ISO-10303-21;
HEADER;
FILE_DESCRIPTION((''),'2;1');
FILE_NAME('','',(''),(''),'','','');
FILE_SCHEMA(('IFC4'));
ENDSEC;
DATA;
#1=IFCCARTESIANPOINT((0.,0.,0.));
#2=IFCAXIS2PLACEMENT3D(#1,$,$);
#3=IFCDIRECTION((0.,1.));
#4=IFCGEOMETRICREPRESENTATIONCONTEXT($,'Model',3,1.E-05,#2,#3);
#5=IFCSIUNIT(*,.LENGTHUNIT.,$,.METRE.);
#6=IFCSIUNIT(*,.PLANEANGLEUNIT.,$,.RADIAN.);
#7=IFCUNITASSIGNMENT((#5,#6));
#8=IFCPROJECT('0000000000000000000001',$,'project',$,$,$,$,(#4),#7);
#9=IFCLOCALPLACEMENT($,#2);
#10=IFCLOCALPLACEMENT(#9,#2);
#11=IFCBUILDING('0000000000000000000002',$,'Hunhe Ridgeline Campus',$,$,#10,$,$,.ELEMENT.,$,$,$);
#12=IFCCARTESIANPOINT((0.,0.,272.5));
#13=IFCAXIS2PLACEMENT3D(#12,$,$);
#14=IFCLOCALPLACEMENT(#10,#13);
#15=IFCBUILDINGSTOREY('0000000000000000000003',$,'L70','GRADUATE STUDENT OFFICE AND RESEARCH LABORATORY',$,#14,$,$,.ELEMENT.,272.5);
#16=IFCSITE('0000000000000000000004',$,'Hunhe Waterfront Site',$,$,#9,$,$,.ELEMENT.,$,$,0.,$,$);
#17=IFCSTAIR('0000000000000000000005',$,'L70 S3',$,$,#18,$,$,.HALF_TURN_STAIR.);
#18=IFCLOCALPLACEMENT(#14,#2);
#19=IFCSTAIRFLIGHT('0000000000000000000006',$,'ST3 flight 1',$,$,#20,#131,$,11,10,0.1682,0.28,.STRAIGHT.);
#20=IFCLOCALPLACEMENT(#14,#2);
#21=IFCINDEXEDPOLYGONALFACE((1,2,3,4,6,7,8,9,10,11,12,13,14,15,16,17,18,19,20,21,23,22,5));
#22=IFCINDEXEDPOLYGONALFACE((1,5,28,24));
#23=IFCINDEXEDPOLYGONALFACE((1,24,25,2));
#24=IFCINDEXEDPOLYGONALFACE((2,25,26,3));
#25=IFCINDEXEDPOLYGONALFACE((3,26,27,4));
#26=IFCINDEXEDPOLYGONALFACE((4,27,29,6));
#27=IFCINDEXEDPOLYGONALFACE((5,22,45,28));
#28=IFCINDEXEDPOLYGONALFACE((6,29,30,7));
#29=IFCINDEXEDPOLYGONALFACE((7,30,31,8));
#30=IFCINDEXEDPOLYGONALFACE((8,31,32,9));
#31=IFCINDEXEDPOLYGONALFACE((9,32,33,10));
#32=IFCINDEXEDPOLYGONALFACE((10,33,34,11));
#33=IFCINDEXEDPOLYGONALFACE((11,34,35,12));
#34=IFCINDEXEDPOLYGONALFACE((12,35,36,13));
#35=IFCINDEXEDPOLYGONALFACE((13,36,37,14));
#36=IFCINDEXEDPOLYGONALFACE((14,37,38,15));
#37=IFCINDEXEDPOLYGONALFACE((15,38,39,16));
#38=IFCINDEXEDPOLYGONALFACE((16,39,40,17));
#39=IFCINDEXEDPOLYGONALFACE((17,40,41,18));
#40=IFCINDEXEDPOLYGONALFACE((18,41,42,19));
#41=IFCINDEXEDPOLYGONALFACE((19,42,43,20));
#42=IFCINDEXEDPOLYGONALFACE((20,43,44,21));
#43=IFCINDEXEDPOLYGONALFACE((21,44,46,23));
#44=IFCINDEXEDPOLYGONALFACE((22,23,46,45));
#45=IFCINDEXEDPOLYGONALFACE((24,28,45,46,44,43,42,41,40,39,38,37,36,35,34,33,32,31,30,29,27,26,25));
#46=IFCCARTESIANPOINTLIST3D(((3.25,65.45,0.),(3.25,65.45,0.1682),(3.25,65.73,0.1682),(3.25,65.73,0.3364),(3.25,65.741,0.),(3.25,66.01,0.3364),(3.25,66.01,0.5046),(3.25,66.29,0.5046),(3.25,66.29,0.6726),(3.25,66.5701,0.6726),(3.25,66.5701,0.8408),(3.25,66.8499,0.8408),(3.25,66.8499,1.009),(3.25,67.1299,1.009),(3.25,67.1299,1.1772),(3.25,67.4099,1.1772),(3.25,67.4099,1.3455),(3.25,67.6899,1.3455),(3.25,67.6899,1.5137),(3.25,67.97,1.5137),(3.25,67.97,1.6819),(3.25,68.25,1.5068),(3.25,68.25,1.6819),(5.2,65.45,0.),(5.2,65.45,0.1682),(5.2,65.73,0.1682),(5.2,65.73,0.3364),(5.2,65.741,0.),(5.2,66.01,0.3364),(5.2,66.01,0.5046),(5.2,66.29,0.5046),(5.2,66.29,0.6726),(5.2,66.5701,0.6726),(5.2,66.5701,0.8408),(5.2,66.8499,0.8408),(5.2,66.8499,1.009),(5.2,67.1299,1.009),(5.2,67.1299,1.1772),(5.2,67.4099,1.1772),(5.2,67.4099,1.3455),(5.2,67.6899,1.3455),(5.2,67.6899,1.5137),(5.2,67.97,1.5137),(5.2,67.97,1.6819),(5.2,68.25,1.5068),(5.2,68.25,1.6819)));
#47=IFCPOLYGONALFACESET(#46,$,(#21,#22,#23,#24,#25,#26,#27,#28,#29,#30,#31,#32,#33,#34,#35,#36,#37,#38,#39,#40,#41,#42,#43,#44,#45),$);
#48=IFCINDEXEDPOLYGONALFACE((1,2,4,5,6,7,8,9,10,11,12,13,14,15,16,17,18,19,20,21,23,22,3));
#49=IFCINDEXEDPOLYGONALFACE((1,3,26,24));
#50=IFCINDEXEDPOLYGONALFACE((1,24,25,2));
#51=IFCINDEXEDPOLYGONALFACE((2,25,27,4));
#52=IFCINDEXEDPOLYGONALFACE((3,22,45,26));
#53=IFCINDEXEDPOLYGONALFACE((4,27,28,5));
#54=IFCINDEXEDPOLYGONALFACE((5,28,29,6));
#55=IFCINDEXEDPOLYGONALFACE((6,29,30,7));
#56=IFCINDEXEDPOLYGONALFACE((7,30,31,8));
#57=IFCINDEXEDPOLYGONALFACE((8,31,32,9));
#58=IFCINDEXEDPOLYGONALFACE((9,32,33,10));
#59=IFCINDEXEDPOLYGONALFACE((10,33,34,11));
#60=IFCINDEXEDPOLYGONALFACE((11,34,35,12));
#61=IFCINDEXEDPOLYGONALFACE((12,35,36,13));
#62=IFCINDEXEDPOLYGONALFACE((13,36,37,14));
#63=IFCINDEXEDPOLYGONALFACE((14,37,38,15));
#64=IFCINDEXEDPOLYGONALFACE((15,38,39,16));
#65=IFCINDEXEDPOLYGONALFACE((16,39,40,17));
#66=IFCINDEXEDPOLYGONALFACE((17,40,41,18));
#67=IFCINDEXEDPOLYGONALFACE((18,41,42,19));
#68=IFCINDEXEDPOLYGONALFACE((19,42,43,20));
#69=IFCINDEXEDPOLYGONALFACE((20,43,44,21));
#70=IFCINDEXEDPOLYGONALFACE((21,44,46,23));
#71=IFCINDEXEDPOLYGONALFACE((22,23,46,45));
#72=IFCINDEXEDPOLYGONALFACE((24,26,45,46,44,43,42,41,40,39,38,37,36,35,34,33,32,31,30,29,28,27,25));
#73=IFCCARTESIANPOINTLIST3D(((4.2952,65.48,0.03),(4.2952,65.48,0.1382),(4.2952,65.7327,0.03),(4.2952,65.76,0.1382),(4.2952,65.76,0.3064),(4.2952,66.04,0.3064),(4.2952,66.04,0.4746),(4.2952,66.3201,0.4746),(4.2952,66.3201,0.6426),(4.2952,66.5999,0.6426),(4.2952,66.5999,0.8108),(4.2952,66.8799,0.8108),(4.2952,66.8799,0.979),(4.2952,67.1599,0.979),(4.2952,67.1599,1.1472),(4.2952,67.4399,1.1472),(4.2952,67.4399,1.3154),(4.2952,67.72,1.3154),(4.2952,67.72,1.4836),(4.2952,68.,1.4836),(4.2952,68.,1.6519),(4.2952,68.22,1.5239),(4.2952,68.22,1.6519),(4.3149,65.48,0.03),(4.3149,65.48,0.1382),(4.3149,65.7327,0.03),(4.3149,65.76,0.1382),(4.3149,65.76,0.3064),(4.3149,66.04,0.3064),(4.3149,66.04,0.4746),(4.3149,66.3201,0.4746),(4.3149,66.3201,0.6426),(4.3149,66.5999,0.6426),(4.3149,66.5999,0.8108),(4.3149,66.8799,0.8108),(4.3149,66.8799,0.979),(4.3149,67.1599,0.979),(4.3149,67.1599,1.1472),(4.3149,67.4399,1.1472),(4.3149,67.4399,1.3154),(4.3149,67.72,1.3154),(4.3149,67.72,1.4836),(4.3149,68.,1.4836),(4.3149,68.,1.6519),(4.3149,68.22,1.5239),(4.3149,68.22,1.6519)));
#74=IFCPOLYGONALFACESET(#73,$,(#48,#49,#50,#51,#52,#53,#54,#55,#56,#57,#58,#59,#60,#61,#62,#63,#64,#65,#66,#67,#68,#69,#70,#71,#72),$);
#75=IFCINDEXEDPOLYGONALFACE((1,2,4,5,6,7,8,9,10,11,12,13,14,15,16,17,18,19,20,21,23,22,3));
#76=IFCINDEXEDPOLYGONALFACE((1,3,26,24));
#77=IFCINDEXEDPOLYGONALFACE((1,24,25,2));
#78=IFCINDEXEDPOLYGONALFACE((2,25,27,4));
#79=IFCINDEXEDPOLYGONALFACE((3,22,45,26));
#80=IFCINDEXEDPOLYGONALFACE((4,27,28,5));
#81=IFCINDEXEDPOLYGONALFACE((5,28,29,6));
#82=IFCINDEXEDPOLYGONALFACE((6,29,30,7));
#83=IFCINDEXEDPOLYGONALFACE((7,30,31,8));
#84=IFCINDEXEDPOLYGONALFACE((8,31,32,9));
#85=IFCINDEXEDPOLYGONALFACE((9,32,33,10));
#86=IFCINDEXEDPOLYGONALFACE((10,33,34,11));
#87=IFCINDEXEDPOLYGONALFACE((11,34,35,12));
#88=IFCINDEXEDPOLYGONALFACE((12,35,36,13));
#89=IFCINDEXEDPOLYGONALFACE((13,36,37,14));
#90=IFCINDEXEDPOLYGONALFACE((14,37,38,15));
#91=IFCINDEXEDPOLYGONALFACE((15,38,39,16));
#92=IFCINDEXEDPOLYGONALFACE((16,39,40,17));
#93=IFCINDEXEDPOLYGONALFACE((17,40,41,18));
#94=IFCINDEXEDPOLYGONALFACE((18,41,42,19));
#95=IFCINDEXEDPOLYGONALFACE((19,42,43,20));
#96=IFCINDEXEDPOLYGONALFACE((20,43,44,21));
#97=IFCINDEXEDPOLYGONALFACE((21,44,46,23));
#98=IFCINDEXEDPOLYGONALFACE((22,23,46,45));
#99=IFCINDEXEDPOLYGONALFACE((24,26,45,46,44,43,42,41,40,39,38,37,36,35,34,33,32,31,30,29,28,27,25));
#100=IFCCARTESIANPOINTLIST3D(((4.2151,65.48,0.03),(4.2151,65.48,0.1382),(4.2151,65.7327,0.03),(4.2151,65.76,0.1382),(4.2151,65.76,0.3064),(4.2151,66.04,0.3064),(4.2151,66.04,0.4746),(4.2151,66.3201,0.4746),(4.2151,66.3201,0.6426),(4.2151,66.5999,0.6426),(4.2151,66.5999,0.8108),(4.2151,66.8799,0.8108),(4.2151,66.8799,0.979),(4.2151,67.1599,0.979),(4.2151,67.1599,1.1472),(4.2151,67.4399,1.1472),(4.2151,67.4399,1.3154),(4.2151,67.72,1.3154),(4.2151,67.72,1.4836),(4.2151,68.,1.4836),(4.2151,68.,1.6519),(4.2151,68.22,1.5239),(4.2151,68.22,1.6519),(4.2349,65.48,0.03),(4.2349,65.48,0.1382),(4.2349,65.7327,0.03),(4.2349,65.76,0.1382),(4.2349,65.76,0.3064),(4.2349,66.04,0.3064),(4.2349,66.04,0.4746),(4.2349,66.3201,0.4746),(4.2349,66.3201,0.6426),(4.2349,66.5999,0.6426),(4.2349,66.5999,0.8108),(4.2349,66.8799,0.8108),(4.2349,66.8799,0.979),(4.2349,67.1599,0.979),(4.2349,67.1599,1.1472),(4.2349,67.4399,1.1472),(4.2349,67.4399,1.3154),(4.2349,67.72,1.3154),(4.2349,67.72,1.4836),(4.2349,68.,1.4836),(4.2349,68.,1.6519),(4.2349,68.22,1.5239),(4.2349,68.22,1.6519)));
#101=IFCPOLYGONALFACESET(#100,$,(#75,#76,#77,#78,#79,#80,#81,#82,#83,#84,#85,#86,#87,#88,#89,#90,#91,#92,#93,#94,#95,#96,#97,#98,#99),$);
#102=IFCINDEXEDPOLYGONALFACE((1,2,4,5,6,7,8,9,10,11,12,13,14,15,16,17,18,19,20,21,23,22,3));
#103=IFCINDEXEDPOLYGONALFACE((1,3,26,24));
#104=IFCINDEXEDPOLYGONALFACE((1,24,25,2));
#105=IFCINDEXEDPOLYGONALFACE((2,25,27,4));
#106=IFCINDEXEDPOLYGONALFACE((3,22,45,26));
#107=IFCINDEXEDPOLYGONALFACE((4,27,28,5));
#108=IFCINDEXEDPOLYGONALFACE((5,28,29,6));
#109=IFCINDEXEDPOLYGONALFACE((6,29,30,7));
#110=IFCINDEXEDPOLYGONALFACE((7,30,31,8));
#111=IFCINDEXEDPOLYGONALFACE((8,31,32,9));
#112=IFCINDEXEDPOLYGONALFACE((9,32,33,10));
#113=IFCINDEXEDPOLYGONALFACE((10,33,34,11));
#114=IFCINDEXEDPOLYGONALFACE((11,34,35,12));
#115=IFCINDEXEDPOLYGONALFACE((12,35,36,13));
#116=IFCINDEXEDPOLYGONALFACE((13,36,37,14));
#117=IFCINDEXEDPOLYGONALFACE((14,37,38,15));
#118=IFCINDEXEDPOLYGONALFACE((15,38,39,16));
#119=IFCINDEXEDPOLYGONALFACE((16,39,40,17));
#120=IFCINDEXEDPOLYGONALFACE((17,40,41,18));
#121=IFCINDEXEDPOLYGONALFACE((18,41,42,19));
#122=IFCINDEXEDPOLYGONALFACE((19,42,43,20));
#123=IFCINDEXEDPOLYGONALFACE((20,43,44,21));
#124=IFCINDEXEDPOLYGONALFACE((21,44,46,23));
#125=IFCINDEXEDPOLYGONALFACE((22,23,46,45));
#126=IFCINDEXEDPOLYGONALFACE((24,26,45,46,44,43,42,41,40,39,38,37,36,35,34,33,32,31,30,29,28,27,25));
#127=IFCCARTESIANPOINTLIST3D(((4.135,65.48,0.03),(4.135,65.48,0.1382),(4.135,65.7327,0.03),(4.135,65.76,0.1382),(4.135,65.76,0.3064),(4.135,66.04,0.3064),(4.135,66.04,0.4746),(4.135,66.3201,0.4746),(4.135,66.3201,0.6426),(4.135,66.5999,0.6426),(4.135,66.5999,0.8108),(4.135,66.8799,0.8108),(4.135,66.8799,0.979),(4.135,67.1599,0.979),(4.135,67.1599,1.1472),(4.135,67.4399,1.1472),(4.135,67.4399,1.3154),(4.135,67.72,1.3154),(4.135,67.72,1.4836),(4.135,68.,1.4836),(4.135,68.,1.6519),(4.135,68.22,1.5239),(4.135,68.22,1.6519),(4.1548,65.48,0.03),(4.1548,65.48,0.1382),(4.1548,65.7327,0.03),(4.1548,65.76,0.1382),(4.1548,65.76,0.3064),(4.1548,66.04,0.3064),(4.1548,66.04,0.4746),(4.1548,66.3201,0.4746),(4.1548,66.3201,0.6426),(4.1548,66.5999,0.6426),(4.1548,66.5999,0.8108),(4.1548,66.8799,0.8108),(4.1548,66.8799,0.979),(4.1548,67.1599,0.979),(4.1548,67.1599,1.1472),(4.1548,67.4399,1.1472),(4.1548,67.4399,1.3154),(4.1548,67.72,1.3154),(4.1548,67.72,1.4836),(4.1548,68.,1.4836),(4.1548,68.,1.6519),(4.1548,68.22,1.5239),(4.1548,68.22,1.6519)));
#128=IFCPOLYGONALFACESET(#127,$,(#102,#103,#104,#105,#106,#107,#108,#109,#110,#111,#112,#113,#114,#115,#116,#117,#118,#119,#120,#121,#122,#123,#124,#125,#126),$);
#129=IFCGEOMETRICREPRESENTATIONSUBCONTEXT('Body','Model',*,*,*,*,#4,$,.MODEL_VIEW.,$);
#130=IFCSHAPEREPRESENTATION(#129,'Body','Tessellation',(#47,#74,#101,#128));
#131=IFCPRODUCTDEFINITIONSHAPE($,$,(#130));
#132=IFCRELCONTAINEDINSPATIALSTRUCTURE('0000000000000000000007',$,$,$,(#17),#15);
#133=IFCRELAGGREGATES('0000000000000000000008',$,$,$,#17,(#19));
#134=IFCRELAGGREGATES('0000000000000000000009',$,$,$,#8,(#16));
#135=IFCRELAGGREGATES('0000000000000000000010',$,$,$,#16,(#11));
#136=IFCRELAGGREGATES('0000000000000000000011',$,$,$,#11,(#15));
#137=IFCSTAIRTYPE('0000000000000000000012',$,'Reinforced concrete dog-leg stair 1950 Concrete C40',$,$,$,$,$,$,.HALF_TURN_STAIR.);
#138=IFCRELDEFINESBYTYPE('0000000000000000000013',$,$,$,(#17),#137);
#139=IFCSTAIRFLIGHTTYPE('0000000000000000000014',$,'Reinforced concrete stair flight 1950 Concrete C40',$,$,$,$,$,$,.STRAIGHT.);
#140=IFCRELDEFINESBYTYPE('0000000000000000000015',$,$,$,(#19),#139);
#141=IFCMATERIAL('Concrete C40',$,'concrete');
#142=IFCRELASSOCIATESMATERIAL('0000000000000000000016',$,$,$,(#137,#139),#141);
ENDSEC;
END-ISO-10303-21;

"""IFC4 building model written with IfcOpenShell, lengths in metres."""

from ifc_helpers import new_model, si_unit, direction, frame, origin, place, context, subcontext, project, spatial, polyline, outline, extrude, material, type_object, element, aggregate, save


model = new_model("IFC4")

# Units and contexts
model_context = context("Model", 3, precision=1e-05, world=origin(), true_north=direction((0.0, 1.0)))
body_context = subcontext(model_context, "Body", "Model", "MODEL_VIEW")
ifc_project = project(units=[si_unit("LENGTHUNIT", "METRE"), si_unit("PLANEANGLEUNIT", "RADIAN")], contexts=[model_context])

# Site, building, storey
site_placement = place(None, origin())
site = spatial("IfcSite", under=ifc_project, at=site_placement, Name="Hunhe Waterfront Site", CompositionType="ELEMENT", RefElevation=0.0)
building_placement = place(site_placement, origin())
building = spatial("IfcBuilding", under=site, at=building_placement, Name="Hunhe Ridgeline Campus", CompositionType="ELEMENT")
storey_placement = place(building_placement, frame((0.0, 0.0, 272.5)))
storey = spatial("IfcBuildingStorey", under=building, at=storey_placement, Name="L70", Description="GRADUATE STUDENT OFFICE AND RESEARCH LABORATORY", CompositionType="ELEMENT", Elevation=272.5)

# Stair, stair flight
ifc_material_1 = material(Name="Concrete C40", Category="concrete")
stair_type = type_object("IfcStairType", Name="Reinforced concrete dog-leg stair 1950 Concrete C40", PredefinedType="HALF_TURN_STAIR", material=ifc_material_1)
stair_1_placement = place(storey_placement, origin())
stair_1 = element("IfcStair", 1, at=stair_1_placement, inside=storey, type_object=stair_type, Name="L70 S3", PredefinedType="HALF_TURN_STAIR")
stair_flight_type = type_object("IfcStairFlightType", Name="Reinforced concrete stair flight 1950 Concrete C40", PredefinedType="STRAIGHT", material=ifc_material_1)
stair_flight_1_placement = place(storey_placement, frame((4.2251, 65.45, 0.0), z_axis=(0.0, 0.0, 1.0), x_axis=(0.0, 1.0, 0.0)))
stair_flight_1 = element("IfcStairFlight", 2, at=stair_flight_1_placement, type_object=stair_flight_type, Name="ST3 flight 1", NumberOfRisers=11, NumberOfTreads=10, PredefinedType="STRAIGHT", RiserHeight=0.1682, TreadLength=0.28, context=body_context, shape_type="SweptSolid", body=[
    extrude(outline(polyline([(0.0, 0.0), (0.0, 0.1682), (0.28, 0.1682), (0.28, 0.3364), (0.5601, 0.3364), (0.5601, 0.5046), (0.8401, 0.5046), (0.8401, 0.6726), (1.1201, 0.6726), (1.1201, 0.8408), (1.3999, 0.8408), (1.3999, 1.009), (1.6799, 1.009), (1.6799, 1.1772), (1.96, 1.1772), (1.96, 1.3455), (2.24, 1.3455), (2.24, 1.5137), (2.52, 1.5137), (2.52, 1.6819), (2.8, 1.6819), (2.8, 1.8501), (2.8, 1.5068), (0.291, 0.0), (0.0, 0.0)])), frame((0.0, 0.9751, 0.0), z_axis=(0.0, -1.0, 0.0), x_axis=(1.0, 0.0, 0.0)), (0.0, 0.0, 1.0), 1.95),
    extrude(outline(polyline([(0.03, 0.03), (0.03, 0.1382), (0.3101, 0.1382), (0.3101, 0.3064), (0.5901, 0.3064), (0.5901, 0.4746), (0.8701, 0.4746), (0.8701, 0.6426), (1.1499, 0.6426), (1.1499, 0.8108), (1.4299, 0.8108), (1.4299, 0.979), (1.71, 0.979), (1.71, 1.1472), (1.99, 1.1472), (1.99, 1.3154), (2.27, 1.3154), (2.27, 1.4836), (2.55, 1.4836), (2.55, 1.6519), (2.77, 1.6519), (2.77, 1.5239), (0.2827, 0.03), (0.03, 0.03)])), frame((0.0, -0.0701, 0.0), z_axis=(0.0, -1.0, 0.0), x_axis=(1.0, 0.0, 0.0)), (0.0, 0.0, 1.0), 0.0198),
    extrude(outline(polyline([(0.03, 0.03), (0.03, 0.1382), (0.3101, 0.1382), (0.3101, 0.3064), (0.5901, 0.3064), (0.5901, 0.4746), (0.8701, 0.4746), (0.8701, 0.6426), (1.1499, 0.6426), (1.1499, 0.8108), (1.4299, 0.8108), (1.4299, 0.979), (1.71, 0.979), (1.71, 1.1472), (1.99, 1.1472), (1.99, 1.3154), (2.27, 1.3154), (2.27, 1.4836), (2.55, 1.4836), (2.55, 1.6519), (2.77, 1.6519), (2.77, 1.5239), (0.2827, 0.03), (0.03, 0.03)])), frame((0.0, 0.01, 0.0), z_axis=(0.0, -1.0, 0.0), x_axis=(1.0, 0.0, 0.0)), (0.0, 0.0, 1.0), 0.0198),
    extrude(outline(polyline([(0.03, 0.03), (0.03, 0.1382), (0.3101, 0.1382), (0.3101, 0.3064), (0.5901, 0.3064), (0.5901, 0.4746), (0.8701, 0.4746), (0.8701, 0.6426), (1.1499, 0.6426), (1.1499, 0.8108), (1.4299, 0.8108), (1.4299, 0.979), (1.71, 0.979), (1.71, 1.1472), (1.99, 1.1472), (1.99, 1.3154), (2.27, 1.3154), (2.27, 1.4836), (2.55, 1.4836), (2.55, 1.6519), (2.77, 1.6519), (2.77, 1.5239), (0.2827, 0.03), (0.03, 0.03)])), frame((0.0, 0.0901, 0.0), z_axis=(0.0, -1.0, 0.0), x_axis=(1.0, 0.0, 0.0)), (0.0, 0.0, 1.0), 0.0198),
])
aggregate(stair_1, [stair_flight_1])

save(model, "model.ifc")
